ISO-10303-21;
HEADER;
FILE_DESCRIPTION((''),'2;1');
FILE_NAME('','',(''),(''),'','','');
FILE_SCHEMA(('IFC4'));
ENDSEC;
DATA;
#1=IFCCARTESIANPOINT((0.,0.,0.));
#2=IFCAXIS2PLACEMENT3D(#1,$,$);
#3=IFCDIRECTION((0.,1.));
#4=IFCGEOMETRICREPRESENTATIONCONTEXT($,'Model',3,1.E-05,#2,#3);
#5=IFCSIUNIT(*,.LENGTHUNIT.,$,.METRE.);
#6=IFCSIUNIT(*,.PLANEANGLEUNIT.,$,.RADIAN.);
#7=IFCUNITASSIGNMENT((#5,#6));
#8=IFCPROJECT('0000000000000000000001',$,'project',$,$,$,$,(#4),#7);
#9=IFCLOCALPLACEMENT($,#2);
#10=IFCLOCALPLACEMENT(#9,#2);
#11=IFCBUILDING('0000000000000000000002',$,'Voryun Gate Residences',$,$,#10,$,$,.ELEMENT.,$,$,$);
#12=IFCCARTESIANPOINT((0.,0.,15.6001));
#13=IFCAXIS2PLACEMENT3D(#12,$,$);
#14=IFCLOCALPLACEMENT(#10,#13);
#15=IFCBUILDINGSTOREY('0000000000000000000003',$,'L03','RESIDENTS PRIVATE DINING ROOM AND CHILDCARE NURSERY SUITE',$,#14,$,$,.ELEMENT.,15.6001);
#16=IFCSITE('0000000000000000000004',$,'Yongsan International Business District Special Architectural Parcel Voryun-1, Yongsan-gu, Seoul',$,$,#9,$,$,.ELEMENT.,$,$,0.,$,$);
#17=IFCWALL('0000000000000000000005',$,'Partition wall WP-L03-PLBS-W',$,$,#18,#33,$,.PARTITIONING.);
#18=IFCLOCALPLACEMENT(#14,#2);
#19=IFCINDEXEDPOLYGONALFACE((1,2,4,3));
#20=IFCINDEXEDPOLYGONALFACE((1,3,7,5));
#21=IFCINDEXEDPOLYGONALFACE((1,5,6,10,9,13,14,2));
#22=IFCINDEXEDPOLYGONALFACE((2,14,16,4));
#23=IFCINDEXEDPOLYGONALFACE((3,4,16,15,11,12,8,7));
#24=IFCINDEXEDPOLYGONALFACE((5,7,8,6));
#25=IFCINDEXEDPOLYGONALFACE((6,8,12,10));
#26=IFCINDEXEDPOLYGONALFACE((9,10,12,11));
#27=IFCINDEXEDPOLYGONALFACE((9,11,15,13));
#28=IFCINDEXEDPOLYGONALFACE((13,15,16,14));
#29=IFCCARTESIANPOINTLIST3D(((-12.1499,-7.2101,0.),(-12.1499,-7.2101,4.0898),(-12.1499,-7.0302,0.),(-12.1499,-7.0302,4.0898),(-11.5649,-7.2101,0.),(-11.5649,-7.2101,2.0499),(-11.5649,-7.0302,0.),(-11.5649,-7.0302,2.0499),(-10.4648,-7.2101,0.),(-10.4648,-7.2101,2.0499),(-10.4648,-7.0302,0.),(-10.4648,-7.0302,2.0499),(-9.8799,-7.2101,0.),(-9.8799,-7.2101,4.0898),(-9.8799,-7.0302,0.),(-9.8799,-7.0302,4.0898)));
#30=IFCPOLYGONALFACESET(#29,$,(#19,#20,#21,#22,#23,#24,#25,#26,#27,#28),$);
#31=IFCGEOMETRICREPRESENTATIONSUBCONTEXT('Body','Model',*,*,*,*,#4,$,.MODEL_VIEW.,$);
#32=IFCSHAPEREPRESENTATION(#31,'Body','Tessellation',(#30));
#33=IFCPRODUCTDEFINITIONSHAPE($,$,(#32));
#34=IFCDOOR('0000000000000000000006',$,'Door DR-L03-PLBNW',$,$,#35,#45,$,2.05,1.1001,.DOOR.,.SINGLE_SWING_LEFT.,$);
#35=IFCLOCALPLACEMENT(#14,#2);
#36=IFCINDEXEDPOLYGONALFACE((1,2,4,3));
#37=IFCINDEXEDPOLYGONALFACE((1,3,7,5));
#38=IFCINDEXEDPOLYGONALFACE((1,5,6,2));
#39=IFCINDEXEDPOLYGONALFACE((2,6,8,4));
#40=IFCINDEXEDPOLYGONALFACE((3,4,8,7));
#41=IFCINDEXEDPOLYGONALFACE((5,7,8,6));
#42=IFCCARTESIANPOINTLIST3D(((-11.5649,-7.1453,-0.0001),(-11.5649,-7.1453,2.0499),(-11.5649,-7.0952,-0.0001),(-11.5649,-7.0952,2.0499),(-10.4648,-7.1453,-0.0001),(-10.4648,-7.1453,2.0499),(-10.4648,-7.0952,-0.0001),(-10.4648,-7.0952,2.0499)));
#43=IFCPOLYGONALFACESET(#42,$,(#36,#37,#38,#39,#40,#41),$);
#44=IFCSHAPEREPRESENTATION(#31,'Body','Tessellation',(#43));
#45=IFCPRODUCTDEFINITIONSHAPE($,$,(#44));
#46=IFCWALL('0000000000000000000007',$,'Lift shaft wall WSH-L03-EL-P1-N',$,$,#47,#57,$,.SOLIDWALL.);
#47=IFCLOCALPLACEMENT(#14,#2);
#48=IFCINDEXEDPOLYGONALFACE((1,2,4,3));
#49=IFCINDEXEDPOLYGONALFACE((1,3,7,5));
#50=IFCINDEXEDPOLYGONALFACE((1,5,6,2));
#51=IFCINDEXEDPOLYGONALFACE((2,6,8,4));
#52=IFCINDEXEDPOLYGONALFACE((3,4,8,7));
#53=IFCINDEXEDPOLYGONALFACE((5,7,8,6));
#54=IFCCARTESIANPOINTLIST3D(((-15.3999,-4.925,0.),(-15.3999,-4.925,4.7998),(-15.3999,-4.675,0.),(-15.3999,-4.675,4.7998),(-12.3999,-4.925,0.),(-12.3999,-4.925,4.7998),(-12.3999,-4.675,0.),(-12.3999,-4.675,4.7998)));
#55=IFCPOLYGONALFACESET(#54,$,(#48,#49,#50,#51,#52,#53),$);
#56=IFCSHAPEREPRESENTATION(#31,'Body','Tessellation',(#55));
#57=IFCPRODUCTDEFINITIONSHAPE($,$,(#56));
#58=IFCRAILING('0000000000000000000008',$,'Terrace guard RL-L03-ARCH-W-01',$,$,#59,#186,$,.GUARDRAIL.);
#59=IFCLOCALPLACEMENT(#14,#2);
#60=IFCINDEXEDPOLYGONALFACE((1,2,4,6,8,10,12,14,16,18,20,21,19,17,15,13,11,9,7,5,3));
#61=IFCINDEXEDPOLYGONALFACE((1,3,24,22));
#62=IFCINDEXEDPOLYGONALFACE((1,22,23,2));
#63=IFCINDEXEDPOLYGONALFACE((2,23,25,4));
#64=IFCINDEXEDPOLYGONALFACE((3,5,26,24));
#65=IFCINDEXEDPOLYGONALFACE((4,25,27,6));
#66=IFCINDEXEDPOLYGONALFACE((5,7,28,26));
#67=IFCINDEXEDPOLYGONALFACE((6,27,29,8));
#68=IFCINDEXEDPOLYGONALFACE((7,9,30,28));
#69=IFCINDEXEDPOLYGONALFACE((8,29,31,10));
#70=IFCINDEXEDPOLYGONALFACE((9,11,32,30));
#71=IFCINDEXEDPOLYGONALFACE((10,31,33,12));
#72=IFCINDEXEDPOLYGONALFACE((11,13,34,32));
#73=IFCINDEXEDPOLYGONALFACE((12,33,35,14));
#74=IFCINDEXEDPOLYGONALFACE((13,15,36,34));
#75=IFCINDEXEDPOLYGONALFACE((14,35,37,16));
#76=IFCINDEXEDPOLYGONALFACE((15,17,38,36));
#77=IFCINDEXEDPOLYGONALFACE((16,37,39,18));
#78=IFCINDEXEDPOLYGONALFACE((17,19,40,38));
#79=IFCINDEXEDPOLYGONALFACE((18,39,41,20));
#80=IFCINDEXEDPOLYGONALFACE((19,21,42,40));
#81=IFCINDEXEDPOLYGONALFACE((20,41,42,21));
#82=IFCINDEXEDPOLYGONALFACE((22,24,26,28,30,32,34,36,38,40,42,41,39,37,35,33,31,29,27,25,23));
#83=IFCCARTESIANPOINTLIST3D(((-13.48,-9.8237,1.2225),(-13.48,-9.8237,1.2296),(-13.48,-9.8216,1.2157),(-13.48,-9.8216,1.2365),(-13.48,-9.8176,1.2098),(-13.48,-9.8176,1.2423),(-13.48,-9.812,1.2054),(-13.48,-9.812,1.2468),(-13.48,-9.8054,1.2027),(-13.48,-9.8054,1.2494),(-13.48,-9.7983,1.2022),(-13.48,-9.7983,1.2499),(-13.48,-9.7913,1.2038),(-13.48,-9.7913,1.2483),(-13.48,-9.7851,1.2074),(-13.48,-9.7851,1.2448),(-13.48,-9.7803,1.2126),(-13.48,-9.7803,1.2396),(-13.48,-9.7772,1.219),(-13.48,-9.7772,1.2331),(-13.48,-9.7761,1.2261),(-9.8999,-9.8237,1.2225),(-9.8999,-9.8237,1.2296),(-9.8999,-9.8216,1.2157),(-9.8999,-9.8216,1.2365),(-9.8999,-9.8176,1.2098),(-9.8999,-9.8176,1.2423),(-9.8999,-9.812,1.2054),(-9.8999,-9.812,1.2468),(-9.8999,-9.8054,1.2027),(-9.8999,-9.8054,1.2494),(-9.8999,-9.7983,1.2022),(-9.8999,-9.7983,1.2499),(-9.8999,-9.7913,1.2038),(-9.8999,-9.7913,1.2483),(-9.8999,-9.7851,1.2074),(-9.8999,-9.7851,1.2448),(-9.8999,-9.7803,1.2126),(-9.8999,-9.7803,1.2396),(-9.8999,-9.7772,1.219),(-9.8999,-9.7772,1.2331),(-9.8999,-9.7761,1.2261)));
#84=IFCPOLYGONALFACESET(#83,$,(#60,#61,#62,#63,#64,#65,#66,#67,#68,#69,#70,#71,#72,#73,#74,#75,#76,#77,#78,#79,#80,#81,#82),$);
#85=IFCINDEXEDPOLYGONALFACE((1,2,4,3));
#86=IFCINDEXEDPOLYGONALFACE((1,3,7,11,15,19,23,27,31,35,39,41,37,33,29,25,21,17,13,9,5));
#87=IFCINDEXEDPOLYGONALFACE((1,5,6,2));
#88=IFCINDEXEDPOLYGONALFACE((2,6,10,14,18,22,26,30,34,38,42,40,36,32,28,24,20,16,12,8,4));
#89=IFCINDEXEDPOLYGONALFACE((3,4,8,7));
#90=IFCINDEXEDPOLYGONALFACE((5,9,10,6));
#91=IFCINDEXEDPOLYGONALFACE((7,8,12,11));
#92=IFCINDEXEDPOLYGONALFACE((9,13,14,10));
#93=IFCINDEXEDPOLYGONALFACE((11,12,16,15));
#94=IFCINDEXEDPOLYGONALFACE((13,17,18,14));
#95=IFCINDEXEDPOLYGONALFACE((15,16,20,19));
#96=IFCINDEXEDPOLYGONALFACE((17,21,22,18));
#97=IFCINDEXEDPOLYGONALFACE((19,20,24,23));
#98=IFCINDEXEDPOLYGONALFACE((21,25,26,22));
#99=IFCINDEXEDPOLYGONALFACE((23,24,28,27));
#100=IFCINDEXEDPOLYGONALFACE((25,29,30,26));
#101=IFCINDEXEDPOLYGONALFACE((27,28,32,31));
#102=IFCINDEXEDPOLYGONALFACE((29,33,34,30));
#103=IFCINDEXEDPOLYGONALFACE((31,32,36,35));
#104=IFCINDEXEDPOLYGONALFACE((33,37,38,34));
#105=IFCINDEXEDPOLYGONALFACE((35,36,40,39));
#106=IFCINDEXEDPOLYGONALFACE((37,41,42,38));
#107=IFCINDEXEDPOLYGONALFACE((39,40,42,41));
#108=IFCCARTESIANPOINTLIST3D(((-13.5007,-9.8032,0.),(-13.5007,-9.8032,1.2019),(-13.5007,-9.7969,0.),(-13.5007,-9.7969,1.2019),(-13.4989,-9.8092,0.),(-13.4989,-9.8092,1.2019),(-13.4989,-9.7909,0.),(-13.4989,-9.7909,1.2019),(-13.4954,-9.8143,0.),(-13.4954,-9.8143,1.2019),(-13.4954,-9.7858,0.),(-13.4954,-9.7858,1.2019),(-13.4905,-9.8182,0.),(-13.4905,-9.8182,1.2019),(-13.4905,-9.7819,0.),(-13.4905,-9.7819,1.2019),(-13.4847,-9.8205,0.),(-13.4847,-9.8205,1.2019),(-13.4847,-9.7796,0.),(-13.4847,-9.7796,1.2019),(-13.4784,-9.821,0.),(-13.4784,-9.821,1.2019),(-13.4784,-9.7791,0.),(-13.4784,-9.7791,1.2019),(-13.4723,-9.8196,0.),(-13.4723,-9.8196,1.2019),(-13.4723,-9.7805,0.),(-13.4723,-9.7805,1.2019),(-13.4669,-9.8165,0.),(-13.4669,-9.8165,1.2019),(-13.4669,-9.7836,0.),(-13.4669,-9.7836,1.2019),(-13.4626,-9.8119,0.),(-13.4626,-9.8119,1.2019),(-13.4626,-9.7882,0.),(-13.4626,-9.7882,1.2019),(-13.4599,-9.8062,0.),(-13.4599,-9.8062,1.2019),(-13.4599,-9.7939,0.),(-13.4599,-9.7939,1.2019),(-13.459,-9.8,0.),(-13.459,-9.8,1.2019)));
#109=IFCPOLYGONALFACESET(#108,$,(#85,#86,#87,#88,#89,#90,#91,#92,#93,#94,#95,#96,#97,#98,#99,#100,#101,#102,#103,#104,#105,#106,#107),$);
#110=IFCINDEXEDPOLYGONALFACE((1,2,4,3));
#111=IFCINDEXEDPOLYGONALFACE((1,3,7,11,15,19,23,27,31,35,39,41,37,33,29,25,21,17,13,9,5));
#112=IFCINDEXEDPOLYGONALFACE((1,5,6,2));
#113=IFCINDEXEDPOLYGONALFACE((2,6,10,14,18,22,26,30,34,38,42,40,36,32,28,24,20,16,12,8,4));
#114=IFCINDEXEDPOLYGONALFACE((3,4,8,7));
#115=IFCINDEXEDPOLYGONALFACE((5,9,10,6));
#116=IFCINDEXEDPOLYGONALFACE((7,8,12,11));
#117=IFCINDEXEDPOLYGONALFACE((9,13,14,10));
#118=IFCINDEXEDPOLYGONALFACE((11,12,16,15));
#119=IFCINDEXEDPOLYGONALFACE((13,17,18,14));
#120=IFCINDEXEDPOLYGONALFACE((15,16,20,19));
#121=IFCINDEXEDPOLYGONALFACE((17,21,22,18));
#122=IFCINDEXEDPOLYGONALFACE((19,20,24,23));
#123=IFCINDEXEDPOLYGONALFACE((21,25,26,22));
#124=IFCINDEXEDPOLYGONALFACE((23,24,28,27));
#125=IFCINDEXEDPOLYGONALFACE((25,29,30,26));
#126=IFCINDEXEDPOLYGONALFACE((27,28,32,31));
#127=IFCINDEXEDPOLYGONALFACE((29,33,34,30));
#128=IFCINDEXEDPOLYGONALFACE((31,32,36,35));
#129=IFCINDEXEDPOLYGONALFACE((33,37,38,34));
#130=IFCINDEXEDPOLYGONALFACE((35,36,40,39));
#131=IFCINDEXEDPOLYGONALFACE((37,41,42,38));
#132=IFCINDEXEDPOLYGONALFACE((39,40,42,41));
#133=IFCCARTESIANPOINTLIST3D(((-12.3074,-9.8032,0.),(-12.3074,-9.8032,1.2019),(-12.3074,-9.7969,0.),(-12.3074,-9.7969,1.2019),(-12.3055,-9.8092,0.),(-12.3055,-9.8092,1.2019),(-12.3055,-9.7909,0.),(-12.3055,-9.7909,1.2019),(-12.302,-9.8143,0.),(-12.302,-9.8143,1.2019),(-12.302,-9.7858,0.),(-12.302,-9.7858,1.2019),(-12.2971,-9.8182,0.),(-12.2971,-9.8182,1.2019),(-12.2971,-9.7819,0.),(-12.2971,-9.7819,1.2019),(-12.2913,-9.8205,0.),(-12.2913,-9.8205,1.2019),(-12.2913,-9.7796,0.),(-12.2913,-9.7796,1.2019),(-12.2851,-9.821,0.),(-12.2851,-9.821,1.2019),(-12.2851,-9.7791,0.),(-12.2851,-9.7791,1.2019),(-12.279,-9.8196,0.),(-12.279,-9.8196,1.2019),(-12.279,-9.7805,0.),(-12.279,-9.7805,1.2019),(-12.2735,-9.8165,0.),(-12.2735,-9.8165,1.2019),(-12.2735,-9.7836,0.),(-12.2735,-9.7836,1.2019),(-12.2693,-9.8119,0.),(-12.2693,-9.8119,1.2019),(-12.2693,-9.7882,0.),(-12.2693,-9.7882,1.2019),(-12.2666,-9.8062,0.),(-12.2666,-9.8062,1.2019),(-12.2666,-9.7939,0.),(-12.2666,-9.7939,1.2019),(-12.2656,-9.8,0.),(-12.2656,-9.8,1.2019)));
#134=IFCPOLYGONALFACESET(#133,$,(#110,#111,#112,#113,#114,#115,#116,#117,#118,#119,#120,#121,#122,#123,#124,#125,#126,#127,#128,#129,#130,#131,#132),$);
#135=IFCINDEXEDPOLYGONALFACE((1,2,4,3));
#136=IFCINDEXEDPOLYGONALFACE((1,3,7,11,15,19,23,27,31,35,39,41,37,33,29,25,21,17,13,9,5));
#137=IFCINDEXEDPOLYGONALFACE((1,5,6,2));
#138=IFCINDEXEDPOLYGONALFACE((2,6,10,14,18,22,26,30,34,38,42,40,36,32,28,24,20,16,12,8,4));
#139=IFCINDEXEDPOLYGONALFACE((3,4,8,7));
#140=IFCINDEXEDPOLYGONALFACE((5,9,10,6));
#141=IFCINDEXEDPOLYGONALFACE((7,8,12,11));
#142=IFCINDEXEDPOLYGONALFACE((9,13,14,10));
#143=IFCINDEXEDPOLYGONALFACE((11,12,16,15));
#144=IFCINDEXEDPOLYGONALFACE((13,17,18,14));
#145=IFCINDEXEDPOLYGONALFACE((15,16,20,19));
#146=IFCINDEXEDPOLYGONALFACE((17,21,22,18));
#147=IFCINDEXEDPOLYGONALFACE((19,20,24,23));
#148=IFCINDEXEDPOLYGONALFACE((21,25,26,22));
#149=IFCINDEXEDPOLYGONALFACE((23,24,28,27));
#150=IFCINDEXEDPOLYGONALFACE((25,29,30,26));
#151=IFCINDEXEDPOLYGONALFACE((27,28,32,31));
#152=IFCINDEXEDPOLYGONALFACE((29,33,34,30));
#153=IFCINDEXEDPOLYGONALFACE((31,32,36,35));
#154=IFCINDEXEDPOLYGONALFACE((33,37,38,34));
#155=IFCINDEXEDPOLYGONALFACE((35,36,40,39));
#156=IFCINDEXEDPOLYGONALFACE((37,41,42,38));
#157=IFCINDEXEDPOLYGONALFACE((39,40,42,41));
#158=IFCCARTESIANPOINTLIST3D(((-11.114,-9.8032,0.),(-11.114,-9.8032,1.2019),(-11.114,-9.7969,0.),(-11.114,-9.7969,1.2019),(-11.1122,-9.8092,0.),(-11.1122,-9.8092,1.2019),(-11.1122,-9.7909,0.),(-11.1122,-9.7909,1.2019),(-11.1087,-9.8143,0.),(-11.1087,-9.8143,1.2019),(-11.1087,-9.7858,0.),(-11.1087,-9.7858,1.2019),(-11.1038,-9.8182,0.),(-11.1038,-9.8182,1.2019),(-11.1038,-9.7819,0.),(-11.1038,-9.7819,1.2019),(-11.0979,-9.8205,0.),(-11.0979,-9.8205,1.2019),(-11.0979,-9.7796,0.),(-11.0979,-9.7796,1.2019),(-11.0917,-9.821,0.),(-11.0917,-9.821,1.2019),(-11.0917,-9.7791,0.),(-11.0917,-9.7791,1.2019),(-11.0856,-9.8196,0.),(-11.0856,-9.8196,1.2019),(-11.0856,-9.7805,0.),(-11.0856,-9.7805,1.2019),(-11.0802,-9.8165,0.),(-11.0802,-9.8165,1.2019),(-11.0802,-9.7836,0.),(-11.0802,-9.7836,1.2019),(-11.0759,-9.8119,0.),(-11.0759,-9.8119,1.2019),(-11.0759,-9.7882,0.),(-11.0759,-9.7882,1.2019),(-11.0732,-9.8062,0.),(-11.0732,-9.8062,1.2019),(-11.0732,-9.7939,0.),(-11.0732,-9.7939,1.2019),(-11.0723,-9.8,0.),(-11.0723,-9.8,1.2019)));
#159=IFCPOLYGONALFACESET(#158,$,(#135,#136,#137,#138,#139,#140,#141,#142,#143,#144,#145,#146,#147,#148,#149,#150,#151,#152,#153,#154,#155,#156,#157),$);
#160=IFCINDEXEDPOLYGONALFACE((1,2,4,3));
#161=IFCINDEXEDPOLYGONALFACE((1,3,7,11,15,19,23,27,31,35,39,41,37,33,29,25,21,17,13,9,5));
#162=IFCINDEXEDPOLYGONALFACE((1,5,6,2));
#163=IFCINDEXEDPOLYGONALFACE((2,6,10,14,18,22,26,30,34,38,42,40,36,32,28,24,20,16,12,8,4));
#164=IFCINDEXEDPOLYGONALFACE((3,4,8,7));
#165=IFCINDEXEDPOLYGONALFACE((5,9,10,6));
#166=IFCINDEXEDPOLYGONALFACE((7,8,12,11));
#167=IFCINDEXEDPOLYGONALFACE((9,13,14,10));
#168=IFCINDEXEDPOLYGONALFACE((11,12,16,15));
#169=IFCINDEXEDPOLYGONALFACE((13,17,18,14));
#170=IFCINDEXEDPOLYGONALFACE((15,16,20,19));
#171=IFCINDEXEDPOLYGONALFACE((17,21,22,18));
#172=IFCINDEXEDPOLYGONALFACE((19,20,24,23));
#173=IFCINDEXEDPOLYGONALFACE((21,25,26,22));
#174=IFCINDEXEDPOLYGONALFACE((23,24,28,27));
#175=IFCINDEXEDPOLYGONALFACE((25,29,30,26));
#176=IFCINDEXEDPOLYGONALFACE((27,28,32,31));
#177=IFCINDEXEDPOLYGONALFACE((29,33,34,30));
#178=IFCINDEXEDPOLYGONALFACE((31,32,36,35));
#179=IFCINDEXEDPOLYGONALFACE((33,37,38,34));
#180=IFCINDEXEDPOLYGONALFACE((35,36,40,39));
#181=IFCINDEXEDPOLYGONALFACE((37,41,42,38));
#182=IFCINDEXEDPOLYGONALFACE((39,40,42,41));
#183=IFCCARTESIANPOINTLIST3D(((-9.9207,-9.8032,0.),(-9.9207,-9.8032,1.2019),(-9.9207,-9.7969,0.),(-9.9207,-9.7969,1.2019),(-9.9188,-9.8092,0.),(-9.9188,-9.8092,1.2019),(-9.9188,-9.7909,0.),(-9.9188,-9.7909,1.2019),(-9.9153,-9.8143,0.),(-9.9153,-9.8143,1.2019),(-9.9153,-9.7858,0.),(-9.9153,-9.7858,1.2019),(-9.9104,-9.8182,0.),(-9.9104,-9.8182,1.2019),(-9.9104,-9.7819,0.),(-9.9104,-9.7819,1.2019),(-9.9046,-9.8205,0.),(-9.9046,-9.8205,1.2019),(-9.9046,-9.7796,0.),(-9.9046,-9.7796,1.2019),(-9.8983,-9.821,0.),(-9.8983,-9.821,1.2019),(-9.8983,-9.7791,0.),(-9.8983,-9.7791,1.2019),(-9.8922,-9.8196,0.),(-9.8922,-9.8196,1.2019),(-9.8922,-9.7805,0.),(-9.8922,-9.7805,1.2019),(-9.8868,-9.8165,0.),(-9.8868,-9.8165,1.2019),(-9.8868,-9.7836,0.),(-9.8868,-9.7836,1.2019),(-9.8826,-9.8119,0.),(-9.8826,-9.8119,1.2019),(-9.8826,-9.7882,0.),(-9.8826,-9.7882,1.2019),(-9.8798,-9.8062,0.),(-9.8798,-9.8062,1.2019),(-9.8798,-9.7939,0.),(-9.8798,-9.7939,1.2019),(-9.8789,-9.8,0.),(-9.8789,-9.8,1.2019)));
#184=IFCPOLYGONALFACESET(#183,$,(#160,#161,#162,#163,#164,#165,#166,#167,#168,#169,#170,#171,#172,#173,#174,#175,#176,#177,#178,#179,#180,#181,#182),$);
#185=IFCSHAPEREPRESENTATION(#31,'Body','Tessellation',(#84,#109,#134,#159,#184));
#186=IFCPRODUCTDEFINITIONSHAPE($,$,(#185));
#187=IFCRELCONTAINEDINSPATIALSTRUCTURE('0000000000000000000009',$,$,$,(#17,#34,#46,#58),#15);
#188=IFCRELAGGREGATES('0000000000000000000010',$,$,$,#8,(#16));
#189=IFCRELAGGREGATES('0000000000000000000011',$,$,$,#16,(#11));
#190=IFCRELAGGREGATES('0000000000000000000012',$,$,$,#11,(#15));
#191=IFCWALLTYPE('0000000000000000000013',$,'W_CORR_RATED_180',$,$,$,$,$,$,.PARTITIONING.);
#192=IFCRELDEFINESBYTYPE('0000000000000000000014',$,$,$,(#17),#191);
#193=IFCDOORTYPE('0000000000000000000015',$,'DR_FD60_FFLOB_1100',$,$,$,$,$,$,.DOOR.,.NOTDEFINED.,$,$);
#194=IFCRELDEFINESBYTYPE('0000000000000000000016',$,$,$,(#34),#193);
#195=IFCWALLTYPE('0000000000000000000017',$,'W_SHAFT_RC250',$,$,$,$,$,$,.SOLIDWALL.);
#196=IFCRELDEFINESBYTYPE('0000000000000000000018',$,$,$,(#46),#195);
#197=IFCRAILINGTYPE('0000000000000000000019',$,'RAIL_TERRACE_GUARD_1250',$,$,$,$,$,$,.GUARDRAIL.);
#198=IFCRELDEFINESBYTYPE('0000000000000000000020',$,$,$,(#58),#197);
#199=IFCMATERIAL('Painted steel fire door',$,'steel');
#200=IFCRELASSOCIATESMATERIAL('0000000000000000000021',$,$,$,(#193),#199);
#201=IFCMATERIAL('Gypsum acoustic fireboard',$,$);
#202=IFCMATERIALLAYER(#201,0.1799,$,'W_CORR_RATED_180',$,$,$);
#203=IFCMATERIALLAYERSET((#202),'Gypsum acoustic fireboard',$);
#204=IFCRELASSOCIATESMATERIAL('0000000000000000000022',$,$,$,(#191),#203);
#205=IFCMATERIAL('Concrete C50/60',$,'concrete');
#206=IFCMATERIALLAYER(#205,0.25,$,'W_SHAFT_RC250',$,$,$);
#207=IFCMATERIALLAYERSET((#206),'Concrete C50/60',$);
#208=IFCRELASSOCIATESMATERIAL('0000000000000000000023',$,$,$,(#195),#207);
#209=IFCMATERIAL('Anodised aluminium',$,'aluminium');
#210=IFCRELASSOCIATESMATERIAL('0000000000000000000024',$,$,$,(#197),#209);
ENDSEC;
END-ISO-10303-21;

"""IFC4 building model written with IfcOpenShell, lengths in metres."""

from ifc_helpers import new_model, si_unit, direction, frame, frame_2d, origin, origin_2d, place, context, subcontext, project, spatial, rectangle, circle, extrude, material, layer, layer_set, type_object, element, fill, save


model = new_model("IFC4")

# Units and contexts
model_context = context("Model", 3, precision=1e-05, world=origin(), true_north=direction((0.0, 1.0)))
body_context = subcontext(model_context, "Body", "Model", "MODEL_VIEW")
ifc_project = project(units=[si_unit("LENGTHUNIT", "METRE"), si_unit("PLANEANGLEUNIT", "RADIAN")], contexts=[model_context])

# Site, building, storey
site_placement = place(None, origin())
site = spatial("IfcSite", under=ifc_project, at=site_placement, Name="Yongsan International Business District Special Architectural Parcel Voryun-1, Yongsan-gu, Seoul", CompositionType="ELEMENT", RefElevation=0.0)
building_placement = place(site_placement, origin())
building = spatial("IfcBuilding", under=site, at=building_placement, Name="Voryun Gate Residences", CompositionType="ELEMENT")
storey_placement = place(building_placement, frame((0.0, 0.0, 15.6001)))
storey = spatial("IfcBuildingStorey", under=building, at=storey_placement, Name="L03", Description="RESIDENTS PRIVATE DINING ROOM AND CHILDCARE NURSERY SUITE", CompositionType="ELEMENT", Elevation=15.6001)

# Shared definitions
ifc_material_1 = material(Name="Painted steel fire door", Category="steel")
door_type_1 = type_object("IfcDoorType", Name="DR_FD60_FFLOB_1100", OperationType="NOTDEFINED", PredefinedType="DOOR", material=ifc_material_1)

# Wall, opening, door
ifc_material_2 = material(Name="Gypsum acoustic fireboard")
ifc_layer_1 = layer(ifc_material_2, 0.1799, Name="W_CORR_RATED_180")
ifc_layer_set_1 = layer_set([ifc_layer_1], Name="Gypsum acoustic fireboard")
wall_type_1 = type_object("IfcWallType", Name="W_CORR_RATED_180", PredefinedType="PARTITIONING", material=ifc_layer_set_1)
wall_1_placement = place(storey_placement, frame((-12.1499, -7.1201, 0.0), z_axis=(0.0, 0.0, 1.0), x_axis=(1.0, 0.0, 0.0)))
wall_1 = element("IfcWall", 1, at=wall_1_placement, inside=storey, type_object=wall_type_1, Name="Partition wall WP-L03-PLBS-W", PredefinedType="PARTITIONING", context=body_context, shape_type="SweptSolid", body=[
    extrude(rectangle(XDim=2.27, YDim=0.1799, at=frame_2d((1.135, 0.0))), origin(), (0.0, 0.0, 1.0), 4.0898),
])
opening_1_placement = place(wall_1_placement, frame((0.585, 0.0, 0.0)))
opening_1 = element("IfcOpeningElement", 2, at=opening_1_placement, cuts=wall_1, PredefinedType="OPENING", context=body_context, shape_type="SweptSolid", body=[
    extrude(rectangle(XDim=1.1001, YDim=2.05, at=frame_2d((0.55, 1.0249))), frame((0.0, 0.0999, 0.0), z_axis=(0.0, -1.0, 0.0), x_axis=(1.0, 0.0, 0.0)), (0.0, 0.0, 1.0), 0.2),
])
door_1_placement = place(opening_1_placement, origin())
door_1 = element("IfcDoor", 3, at=door_1_placement, inside=storey, type_object=door_type_1, Name="Door DR-L03-PLBNW", OperationType="SINGLE_SWING_LEFT", OverallHeight=2.05, OverallWidth=1.1001, PredefinedType="DOOR", context=body_context, shape_type="SweptSolid", body=[
    extrude(rectangle(XDim=1.1001, YDim=2.05, at=frame_2d((0.55, 1.0249))), frame((0.0, 0.0249, 0.0), z_axis=(0.0, -1.0, 0.0), x_axis=(1.0, 0.0, 0.0)), (0.0, 0.0, 1.0), 0.05),
])
fill(opening_1, door_1)

# Wall
ifc_material_3 = material(Name="Concrete C50/60", Category="concrete")
ifc_layer_2 = layer(ifc_material_3, 0.25, Name="W_SHAFT_RC250")
ifc_layer_set_2 = layer_set([ifc_layer_2], Name="Concrete C50/60")
wall_type_2 = type_object("IfcWallType", Name="W_SHAFT_RC250", PredefinedType="SOLIDWALL", material=ifc_layer_set_2)
wall_2_placement = place(storey_placement, frame((-12.3999, -4.8, 0.0), z_axis=(0.0, 0.0, 1.0), x_axis=(-1.0, 0.0, 0.0)))
element("IfcWall", 4, at=wall_2_placement, inside=storey, type_object=wall_type_2, Name="Lift shaft wall WSH-L03-EL-P1-N", PredefinedType="SOLIDWALL", context=body_context, shape_type="SweptSolid", body=[
    extrude(rectangle(XDim=3.0, YDim=0.25, at=frame_2d((1.5, 0.0))), origin(), (0.0, 0.0, 1.0), 4.7998),
])

# Railing
ifc_material_4 = material(Name="Anodised aluminium", Category="aluminium")
railing_type = type_object("IfcRailingType", Name="RAIL_TERRACE_GUARD_1250", PredefinedType="GUARDRAIL", material=ifc_material_4)
railing_1_placement = place(storey_placement, frame((-13.48, -9.8, 0.0)))
element("IfcRailing", 5, at=railing_1_placement, inside=storey, type_object=railing_type, Name="Terrace guard RL-L03-ARCH-W-01", PredefinedType="GUARDRAIL", context=body_context, shape_type="SweptSolid", body=[
    extrude(circle(Radius=0.0239, at=origin_2d()), frame((0.0, 0.0, 1.2261), z_axis=(1.0, 0.0, 0.0), x_axis=(0.0, 1.0, 0.0)), (0.0, 0.0, 1.0), 3.5801),
    extrude(circle(Radius=0.021, at=origin_2d()), origin(), (0.0, 0.0, 1.0), 1.2019),
    extrude(circle(Radius=0.021, at=origin_2d()), frame((1.1934, 0.0, 0.0)), (0.0, 0.0, 1.0), 1.2019),
    extrude(circle(Radius=0.021, at=origin_2d()), frame((2.3867, 0.0, 0.0)), (0.0, 0.0, 1.0), 1.2019),
    extrude(circle(Radius=0.021, at=origin_2d()), frame((3.5801, 0.0, 0.0)), (0.0, 0.0, 1.0), 1.2019),
])

save(model, "model.ifc")
